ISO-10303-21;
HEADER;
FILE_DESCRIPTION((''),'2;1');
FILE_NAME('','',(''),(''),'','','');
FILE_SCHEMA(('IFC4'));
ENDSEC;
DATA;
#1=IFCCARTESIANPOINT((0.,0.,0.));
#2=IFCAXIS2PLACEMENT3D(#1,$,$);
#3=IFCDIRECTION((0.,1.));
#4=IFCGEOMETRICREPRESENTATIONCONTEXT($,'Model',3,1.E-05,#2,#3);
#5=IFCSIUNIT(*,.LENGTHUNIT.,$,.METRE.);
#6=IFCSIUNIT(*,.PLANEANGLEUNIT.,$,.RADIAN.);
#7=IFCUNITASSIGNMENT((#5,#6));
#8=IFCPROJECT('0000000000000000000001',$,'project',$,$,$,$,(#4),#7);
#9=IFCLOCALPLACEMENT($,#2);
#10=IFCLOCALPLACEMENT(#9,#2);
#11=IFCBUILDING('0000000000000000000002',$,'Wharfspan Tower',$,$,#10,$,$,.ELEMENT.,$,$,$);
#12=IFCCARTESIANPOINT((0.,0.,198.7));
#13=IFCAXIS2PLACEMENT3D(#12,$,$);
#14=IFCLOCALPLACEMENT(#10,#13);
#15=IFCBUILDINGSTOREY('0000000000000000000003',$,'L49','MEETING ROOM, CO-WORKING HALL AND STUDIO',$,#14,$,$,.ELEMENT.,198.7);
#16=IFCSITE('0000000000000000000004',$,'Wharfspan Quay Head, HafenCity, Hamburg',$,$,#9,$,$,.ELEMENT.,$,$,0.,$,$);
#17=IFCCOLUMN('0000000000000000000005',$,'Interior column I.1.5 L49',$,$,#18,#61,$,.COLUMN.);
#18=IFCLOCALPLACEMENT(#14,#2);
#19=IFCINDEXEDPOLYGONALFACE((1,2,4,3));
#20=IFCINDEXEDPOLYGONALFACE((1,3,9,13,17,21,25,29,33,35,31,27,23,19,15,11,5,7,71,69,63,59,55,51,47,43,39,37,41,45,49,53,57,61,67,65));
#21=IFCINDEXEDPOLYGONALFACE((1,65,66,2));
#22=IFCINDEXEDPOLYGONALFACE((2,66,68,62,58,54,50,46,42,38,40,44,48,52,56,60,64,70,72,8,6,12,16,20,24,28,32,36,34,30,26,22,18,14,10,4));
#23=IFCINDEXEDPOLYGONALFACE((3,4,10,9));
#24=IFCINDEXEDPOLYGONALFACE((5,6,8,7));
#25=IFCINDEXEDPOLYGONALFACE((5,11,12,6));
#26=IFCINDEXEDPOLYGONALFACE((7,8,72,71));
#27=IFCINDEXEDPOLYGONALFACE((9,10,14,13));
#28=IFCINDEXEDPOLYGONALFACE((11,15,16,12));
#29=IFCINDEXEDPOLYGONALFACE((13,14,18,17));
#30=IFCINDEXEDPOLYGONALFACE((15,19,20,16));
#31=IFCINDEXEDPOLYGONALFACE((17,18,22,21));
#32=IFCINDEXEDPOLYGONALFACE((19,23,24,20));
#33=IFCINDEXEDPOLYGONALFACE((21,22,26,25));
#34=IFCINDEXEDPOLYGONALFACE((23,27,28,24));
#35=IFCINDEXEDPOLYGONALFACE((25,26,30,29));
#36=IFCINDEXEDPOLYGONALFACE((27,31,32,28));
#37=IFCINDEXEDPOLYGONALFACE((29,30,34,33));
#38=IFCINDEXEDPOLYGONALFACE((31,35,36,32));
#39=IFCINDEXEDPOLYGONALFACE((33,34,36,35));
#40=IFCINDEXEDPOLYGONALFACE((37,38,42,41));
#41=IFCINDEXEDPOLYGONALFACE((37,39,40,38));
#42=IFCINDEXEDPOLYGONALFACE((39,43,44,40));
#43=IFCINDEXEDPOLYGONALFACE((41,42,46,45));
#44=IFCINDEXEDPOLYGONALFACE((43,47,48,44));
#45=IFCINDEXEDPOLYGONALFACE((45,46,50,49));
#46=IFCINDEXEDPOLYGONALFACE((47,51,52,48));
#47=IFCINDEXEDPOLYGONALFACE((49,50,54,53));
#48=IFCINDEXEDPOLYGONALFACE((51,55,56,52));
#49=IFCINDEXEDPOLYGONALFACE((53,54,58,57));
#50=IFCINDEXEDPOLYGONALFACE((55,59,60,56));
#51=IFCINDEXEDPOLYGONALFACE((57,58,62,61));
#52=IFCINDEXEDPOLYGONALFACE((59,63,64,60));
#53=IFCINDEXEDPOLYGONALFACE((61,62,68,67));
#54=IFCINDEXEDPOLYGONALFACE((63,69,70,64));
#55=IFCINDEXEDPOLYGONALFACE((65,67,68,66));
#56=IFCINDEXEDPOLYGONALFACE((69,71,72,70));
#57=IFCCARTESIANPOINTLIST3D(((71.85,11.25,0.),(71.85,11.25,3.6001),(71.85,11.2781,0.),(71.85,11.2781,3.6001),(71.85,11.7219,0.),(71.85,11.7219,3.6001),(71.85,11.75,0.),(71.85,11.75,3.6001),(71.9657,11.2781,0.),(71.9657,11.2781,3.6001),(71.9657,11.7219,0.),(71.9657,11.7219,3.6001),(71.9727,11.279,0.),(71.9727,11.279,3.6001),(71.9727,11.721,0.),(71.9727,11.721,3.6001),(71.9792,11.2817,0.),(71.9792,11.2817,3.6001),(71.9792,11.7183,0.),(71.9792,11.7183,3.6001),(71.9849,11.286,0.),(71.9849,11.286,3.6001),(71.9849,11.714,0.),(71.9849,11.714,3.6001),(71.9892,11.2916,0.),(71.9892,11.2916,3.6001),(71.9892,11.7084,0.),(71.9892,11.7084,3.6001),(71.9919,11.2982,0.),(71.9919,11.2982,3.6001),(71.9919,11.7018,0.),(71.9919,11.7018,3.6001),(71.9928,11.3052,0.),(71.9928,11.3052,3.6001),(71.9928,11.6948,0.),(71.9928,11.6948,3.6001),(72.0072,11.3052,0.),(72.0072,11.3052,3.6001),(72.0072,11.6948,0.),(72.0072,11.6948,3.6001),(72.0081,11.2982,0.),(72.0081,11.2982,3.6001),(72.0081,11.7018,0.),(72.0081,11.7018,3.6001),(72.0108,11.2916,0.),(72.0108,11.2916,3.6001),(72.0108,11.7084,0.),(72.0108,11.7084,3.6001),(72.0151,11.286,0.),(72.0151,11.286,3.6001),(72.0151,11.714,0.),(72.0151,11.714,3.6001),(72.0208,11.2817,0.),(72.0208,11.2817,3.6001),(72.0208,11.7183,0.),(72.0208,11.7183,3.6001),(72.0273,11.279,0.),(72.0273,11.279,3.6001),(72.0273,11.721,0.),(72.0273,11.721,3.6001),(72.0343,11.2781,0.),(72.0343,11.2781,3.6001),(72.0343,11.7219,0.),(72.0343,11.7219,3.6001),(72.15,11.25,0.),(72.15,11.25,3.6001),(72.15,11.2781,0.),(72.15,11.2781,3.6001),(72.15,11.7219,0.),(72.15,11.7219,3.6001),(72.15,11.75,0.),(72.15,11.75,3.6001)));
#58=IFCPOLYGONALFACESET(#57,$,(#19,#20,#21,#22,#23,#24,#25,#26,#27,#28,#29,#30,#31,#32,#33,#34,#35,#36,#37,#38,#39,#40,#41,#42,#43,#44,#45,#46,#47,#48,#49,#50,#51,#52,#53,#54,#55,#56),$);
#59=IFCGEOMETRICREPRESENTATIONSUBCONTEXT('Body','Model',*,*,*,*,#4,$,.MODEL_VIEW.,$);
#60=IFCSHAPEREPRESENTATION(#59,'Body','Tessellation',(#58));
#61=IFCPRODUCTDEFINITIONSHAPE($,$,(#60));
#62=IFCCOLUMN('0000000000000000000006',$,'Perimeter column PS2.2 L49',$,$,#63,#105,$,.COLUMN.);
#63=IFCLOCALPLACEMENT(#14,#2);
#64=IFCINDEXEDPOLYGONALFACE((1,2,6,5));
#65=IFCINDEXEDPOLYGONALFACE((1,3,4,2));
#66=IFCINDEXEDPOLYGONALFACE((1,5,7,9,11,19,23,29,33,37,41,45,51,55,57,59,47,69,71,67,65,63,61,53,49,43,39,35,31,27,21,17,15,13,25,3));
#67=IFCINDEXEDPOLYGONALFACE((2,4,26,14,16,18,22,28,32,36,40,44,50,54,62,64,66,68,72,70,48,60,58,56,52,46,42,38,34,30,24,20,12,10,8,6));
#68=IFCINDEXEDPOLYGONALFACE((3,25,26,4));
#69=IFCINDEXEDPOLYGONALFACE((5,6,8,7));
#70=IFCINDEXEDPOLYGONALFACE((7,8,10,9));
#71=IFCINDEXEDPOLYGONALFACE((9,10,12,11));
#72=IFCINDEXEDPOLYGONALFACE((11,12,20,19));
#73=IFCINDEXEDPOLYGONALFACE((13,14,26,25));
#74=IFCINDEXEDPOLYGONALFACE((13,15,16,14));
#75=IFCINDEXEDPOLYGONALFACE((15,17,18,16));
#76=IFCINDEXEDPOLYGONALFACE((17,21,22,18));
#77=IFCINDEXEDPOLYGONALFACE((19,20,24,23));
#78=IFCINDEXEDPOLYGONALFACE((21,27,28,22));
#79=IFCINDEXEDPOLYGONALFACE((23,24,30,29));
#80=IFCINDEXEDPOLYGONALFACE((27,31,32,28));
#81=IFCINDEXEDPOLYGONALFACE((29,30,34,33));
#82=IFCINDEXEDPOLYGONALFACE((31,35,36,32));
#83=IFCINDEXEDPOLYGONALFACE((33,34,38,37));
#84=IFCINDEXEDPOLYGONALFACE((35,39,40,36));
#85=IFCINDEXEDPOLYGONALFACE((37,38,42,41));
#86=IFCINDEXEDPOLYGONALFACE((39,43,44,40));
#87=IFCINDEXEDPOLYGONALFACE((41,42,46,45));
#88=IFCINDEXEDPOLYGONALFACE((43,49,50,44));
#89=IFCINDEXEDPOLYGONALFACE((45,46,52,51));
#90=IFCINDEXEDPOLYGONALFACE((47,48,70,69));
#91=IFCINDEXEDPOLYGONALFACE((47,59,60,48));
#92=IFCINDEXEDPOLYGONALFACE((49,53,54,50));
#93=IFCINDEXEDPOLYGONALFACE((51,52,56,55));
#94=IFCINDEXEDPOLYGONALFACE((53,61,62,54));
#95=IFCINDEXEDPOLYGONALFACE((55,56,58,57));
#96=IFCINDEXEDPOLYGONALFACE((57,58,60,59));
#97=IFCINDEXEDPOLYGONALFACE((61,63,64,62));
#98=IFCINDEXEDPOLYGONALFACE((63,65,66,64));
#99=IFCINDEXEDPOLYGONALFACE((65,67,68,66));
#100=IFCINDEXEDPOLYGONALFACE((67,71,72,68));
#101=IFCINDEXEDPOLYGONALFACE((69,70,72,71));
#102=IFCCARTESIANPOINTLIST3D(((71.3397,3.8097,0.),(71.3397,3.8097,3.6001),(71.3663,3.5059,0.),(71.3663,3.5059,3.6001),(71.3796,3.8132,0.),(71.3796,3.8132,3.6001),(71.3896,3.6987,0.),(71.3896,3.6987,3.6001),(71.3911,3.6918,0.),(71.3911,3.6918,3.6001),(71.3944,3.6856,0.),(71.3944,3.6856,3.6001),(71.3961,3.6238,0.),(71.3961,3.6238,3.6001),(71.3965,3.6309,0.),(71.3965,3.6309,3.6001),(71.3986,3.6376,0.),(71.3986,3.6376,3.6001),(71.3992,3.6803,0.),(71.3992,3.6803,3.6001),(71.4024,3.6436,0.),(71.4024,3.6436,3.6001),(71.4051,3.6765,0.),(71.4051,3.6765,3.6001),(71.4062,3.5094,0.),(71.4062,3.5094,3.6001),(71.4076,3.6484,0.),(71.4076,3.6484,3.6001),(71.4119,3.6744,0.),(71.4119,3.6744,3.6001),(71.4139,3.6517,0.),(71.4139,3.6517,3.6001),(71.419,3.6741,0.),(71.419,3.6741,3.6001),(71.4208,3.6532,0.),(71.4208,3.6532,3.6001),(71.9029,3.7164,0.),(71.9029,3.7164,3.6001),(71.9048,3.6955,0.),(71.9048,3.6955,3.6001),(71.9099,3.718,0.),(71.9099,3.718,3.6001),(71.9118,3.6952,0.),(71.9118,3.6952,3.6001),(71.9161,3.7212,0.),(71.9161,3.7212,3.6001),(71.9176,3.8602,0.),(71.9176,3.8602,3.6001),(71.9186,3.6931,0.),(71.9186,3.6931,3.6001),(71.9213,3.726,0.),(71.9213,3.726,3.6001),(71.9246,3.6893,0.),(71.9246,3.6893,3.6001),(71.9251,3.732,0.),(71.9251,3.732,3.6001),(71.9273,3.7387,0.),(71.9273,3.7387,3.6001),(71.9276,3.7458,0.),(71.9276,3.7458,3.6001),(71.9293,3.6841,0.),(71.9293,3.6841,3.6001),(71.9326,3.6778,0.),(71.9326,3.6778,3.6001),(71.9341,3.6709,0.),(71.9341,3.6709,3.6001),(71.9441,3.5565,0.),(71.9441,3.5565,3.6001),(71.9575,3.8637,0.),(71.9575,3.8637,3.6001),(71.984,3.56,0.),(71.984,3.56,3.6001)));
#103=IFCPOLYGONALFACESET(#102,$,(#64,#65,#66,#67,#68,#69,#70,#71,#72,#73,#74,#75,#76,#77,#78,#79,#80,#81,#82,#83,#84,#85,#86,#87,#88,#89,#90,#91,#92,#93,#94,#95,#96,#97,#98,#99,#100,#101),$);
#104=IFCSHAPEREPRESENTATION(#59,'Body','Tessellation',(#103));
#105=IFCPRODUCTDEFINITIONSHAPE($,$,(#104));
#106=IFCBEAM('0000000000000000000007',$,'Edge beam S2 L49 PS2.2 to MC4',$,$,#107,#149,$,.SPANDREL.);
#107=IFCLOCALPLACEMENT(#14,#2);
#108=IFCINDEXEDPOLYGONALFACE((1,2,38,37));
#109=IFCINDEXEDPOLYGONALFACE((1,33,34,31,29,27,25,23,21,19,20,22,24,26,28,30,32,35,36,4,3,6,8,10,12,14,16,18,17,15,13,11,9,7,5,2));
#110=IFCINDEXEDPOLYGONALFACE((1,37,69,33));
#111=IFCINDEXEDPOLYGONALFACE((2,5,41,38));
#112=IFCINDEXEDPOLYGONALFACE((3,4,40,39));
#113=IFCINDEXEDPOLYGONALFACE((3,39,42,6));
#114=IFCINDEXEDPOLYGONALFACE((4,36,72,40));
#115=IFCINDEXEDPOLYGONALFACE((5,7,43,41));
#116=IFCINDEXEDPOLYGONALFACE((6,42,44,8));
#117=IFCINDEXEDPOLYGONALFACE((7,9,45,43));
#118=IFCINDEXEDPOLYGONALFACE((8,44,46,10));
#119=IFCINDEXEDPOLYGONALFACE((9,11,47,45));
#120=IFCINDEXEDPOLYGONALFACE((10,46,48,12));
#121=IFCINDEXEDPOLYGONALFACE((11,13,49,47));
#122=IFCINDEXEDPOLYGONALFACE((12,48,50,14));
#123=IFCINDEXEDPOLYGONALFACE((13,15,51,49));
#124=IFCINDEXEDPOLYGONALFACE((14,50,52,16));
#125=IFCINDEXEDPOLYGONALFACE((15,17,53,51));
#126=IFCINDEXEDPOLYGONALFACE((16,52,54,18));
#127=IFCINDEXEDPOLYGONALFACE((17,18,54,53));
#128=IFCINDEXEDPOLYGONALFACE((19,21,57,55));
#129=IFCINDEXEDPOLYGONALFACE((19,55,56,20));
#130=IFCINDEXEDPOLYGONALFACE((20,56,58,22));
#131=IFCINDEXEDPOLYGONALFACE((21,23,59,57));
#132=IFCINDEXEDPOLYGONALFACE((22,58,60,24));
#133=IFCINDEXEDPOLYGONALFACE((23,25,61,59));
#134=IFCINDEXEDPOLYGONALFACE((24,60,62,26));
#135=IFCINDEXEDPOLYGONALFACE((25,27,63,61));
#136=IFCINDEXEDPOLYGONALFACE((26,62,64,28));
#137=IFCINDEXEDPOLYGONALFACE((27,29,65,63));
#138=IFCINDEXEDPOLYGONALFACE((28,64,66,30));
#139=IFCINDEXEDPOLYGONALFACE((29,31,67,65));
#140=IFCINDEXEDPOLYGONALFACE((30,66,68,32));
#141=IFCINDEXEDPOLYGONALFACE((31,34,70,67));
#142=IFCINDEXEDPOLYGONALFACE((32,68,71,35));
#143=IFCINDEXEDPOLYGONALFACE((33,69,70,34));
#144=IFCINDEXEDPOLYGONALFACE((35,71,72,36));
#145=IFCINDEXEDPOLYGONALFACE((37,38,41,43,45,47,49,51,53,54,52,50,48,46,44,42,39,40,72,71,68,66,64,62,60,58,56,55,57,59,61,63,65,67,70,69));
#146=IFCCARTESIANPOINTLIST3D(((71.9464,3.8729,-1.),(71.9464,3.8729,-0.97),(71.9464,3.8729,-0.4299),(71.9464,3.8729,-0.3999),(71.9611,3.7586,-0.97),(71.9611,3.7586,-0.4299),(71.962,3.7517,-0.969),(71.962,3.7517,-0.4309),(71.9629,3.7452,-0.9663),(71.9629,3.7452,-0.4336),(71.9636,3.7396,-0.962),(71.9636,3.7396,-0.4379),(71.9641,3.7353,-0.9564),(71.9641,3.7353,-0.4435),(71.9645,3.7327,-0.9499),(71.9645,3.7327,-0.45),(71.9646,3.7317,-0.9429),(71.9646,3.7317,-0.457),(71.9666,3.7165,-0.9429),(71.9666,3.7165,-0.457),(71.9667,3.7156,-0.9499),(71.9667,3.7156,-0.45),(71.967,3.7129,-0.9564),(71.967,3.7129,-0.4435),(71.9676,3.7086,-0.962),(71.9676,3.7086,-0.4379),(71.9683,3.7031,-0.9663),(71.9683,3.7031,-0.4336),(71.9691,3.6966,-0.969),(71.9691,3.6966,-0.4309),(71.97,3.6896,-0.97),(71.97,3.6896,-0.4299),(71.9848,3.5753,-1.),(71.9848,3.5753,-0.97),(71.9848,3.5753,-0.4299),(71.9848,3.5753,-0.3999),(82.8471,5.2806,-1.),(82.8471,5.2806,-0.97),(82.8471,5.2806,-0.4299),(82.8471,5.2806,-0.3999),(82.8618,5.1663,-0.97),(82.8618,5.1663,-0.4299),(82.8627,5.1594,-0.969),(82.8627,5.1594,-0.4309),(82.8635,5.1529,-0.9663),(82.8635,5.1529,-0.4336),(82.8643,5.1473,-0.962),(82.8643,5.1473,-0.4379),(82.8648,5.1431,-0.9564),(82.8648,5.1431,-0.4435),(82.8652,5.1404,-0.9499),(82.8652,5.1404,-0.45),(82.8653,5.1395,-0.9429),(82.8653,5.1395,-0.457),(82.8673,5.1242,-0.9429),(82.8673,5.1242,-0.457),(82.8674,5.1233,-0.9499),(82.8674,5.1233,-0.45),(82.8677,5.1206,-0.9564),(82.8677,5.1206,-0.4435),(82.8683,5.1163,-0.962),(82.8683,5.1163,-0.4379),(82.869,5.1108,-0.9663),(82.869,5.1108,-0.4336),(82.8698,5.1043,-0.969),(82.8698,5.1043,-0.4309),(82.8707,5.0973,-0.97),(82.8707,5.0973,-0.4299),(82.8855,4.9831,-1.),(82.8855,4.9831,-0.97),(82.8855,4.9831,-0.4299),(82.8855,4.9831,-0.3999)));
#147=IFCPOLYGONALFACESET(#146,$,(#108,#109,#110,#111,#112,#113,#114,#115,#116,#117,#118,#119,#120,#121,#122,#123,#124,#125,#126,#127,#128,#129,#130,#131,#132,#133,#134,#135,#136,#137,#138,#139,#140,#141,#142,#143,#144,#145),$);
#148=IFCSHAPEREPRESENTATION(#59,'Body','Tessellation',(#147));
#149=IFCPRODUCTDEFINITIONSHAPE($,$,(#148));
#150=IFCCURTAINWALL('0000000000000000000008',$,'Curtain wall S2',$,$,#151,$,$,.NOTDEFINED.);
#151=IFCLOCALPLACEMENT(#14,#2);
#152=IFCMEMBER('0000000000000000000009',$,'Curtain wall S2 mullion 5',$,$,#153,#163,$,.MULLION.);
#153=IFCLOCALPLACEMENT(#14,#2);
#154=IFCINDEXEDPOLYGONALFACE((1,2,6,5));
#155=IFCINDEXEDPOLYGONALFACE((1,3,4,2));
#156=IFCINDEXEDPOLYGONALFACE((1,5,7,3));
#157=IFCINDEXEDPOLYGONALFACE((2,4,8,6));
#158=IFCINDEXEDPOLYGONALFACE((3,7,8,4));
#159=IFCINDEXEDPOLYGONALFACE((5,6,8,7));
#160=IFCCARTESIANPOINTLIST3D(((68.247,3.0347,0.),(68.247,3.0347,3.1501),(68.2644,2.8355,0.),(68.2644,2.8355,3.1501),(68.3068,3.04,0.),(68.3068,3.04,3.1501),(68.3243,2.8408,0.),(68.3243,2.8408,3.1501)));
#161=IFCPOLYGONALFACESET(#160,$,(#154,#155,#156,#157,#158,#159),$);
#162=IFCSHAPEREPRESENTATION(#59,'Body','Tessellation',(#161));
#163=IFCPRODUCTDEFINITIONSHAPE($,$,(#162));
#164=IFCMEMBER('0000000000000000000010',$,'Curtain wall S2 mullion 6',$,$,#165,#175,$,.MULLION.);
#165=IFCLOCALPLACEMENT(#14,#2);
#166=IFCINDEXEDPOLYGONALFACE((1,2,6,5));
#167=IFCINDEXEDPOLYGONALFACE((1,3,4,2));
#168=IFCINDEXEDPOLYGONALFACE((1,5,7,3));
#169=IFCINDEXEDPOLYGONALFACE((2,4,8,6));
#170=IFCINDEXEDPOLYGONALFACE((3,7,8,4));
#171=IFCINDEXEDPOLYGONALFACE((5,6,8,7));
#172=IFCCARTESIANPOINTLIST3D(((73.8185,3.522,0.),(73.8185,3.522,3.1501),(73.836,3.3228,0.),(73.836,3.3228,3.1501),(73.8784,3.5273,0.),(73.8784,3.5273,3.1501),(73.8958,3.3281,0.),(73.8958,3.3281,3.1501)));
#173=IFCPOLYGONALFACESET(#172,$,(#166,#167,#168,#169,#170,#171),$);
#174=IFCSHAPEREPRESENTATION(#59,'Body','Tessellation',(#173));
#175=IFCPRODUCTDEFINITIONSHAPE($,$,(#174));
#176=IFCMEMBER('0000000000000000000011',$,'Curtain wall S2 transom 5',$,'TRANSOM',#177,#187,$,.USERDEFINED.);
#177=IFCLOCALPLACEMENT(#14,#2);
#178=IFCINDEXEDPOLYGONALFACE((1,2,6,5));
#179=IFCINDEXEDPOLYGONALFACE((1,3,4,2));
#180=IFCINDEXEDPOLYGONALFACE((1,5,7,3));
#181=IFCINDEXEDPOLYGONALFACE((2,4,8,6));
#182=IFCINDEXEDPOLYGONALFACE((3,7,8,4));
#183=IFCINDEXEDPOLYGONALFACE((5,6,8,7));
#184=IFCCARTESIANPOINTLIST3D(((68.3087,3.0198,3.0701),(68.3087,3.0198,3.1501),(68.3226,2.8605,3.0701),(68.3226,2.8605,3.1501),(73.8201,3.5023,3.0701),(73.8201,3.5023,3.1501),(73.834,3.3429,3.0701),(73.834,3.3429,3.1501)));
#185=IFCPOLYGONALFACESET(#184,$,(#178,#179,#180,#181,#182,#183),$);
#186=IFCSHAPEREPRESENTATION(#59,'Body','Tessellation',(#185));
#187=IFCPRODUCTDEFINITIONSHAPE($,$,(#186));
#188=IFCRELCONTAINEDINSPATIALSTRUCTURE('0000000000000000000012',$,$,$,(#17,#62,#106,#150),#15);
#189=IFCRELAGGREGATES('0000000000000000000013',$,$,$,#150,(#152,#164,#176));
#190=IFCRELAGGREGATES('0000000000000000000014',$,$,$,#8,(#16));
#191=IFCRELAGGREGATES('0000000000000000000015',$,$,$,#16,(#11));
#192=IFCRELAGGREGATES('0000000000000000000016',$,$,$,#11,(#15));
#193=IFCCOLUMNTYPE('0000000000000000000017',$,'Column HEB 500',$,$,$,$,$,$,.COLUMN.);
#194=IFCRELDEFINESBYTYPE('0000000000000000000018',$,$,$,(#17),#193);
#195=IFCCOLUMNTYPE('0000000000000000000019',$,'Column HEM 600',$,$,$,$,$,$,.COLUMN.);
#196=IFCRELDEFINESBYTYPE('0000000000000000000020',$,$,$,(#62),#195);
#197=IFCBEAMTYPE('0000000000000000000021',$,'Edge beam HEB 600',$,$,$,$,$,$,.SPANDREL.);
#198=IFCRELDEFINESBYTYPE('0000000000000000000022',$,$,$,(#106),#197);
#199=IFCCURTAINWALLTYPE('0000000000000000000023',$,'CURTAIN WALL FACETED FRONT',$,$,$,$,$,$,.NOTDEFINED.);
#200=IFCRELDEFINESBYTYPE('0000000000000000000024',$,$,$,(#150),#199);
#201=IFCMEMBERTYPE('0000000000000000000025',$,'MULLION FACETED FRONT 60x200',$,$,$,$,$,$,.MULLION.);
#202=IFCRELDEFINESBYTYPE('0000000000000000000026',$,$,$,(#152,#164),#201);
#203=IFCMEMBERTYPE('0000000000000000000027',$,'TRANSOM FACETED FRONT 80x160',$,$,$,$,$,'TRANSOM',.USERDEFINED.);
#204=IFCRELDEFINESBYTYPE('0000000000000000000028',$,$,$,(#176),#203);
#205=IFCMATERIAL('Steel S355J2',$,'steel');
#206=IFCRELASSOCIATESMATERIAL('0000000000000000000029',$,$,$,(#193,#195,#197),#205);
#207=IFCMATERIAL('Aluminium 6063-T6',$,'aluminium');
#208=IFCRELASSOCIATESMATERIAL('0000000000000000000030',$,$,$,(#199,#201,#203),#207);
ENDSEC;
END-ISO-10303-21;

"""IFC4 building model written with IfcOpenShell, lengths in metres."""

from ifc_helpers import new_model, si_unit, direction, frame, origin, origin_2d, place, context, subcontext, project, spatial, rectangle, i_section, extrude, material, material_profile, profile_set, type_object, element, aggregate, save


model = new_model("IFC4")

# Units and contexts
model_context = context("Model", 3, precision=1e-05, world=origin(), true_north=direction((0.0, 1.0)))
body_context = subcontext(model_context, "Body", "Model", "MODEL_VIEW")
ifc_project = project(units=[si_unit("LENGTHUNIT", "METRE"), si_unit("PLANEANGLEUNIT", "RADIAN")], contexts=[model_context])

# Site, building, storey
site_placement = place(None, origin())
site = spatial("IfcSite", under=ifc_project, at=site_placement, Name="Wharfspan Quay Head, HafenCity, Hamburg", CompositionType="ELEMENT", RefElevation=0.0)
building_placement = place(site_placement, origin())
building = spatial("IfcBuilding", under=site, at=building_placement, Name="Wharfspan Tower", CompositionType="ELEMENT")
storey_placement = place(building_placement, frame((0.0, 0.0, 198.7)))
storey = spatial("IfcBuildingStorey", under=building, at=storey_placement, Name="L49", Description="MEETING ROOM, CO-WORKING HALL AND STUDIO", CompositionType="ELEMENT", Elevation=198.7)

# Columns
ifc_material_1 = material(Name="Steel S355J2", Category="steel")
ifc_material_profile_1 = material_profile(ifc_material_1, i_section(OverallWidth=0.3, OverallDepth=0.5, WebThickness=0.0144, FlangeThickness=0.0281, FilletRadius=0.0271, at=origin_2d()))
ifc_profile_set_1 = profile_set([ifc_material_profile_1], Name="Steel S355J2")
column_type_1 = type_object("IfcColumnType", Name="Column HEB 500", PredefinedType="COLUMN", material=ifc_profile_set_1)
column_1_placement = place(storey_placement, frame((72.0, 11.5, 0.0), z_axis=(0.0, 0.0, 1.0), x_axis=(1.0, 0.0, 0.0)))
element("IfcColumn", 1, at=column_1_placement, inside=storey, type_object=column_type_1, Name="Interior column I.1.5 L49", PredefinedType="COLUMN", context=body_context, shape_type="SweptSolid", body=[
    extrude(i_section(OverallWidth=0.3, OverallDepth=0.5, WebThickness=0.0144, FlangeThickness=0.0281, FilletRadius=0.0271, at=origin_2d()), origin(), (0.0, 0.0, 1.0), 3.6001),
])
ifc_material_profile_2 = material_profile(ifc_material_1, i_section(OverallWidth=0.3049, OverallDepth=0.6201, WebThickness=0.021, FlangeThickness=0.04, FilletRadius=0.0271, at=origin_2d()))
ifc_profile_set_2 = profile_set([ifc_material_profile_2], Name="Steel S355J2")
column_type_2 = type_object("IfcColumnType", Name="Column HEM 600", PredefinedType="COLUMN", material=ifc_profile_set_2)
column_2_placement = place(storey_placement, frame((71.6619, 3.6848, 0.0), z_axis=(0.0, 0.0, 1.0), x_axis=(0.087156, -0.996198, 0.0)))
element("IfcColumn", 2, at=column_2_placement, inside=storey, type_object=column_type_2, Name="Perimeter column PS2.2 L49", PredefinedType="COLUMN", context=body_context, shape_type="SweptSolid", body=[
    extrude(i_section(OverallWidth=0.3049, OverallDepth=0.6201, WebThickness=0.021, FlangeThickness=0.04, FilletRadius=0.0271, at=origin_2d()), origin(), (0.0, 0.0, 1.0), 3.6001),
])

# Beam
ifc_material_profile_3 = material_profile(ifc_material_1, i_section(OverallWidth=0.3, OverallDepth=0.6001, WebThickness=0.0154, FlangeThickness=0.03, FilletRadius=0.0271, at=origin_2d()))
ifc_profile_set_3 = profile_set([ifc_material_profile_3], Name="Steel S355J2")
beam_type = type_object("IfcBeamType", Name="Edge beam HEB 600", PredefinedType="SPANDREL", material=ifc_profile_set_3)
beam_placement = place(storey_placement, frame((71.9656, 3.7241, -0.7), z_axis=(0.991764, 0.128077, 0.0), x_axis=(-0.128077, 0.991764, 0.0)))
element("IfcBeam", 3, at=beam_placement, inside=storey, type_object=beam_type, Name="Edge beam S2 L49 PS2.2 to MC4", PredefinedType="SPANDREL", context=body_context, shape_type="SweptSolid", body=[
    extrude(i_section(OverallWidth=0.3, OverallDepth=0.6001, WebThickness=0.0154, FlangeThickness=0.03, FilletRadius=0.0271, at=origin_2d()), origin(), (0.0, 0.0, 1.0), 10.9912),
])

# Curtain wall, members
ifc_material_2 = material(Name="Aluminium 6063-T6", Category="aluminium")
curtain_wall_type = type_object("IfcCurtainWallType", Name="CURTAIN WALL FACETED FRONT", PredefinedType="NOTDEFINED", material=ifc_material_2)
curtain_wall_placement = place(storey_placement, origin())
curtain_wall = element("IfcCurtainWall", 4, at=curtain_wall_placement, inside=storey, type_object=curtain_wall_type, Name="Curtain wall S2", PredefinedType="NOTDEFINED")
ifc_material_profile_4 = material_profile(ifc_material_2, rectangle(XDim=0.2, YDim=0.0601, at=origin_2d()))
ifc_profile_set_4 = profile_set([ifc_material_profile_4], Name="Aluminium 6063-T6")
member_type_1 = type_object("IfcMemberType", Name="MULLION FACETED FRONT 60x200", PredefinedType="MULLION", material=ifc_profile_set_4)
member_1_placement = place(storey_placement, frame((68.2856, 2.9377, 0.0), z_axis=(0.0, 0.0, 1.0), x_axis=(-0.087156, 0.996198, 0.0)))
member_1 = element("IfcMember", 5, at=member_1_placement, type_object=member_type_1, Name="Curtain wall S2 mullion 5", PredefinedType="MULLION", context=body_context, shape_type="SweptSolid", body=[
    extrude(rectangle(XDim=0.2, YDim=0.0601, at=origin_2d()), origin(), (0.0, 0.0, 1.0), 3.1501),
])
member_2_placement = place(storey_placement, frame((73.8572, 3.425, 0.0), z_axis=(0.0, 0.0, 1.0), x_axis=(-0.087156, 0.996198, 0.0)))
member_2 = element("IfcMember", 6, at=member_2_placement, type_object=member_type_1, Name="Curtain wall S2 mullion 6", PredefinedType="MULLION", context=body_context, shape_type="SweptSolid", body=[
    extrude(rectangle(XDim=0.2, YDim=0.0601, at=origin_2d()), origin(), (0.0, 0.0, 1.0), 3.1501),
])
ifc_material_profile_5 = material_profile(ifc_material_2, rectangle(XDim=0.1599, YDim=0.0801, at=origin_2d()))
ifc_profile_set_5 = profile_set([ifc_material_profile_5], Name="Aluminium 6063-T6")
member_type_2 = type_object("IfcMemberType", Name="TRANSOM FACETED FRONT 80x160", ElementType="TRANSOM", PredefinedType="USERDEFINED", material=ifc_profile_set_5)
member_3_placement = place(storey_placement, frame((68.3157, 2.9402, 3.1101), z_axis=(0.996191, 0.087197, 0.0), x_axis=(-0.087197, 0.996191, 0.0)))
member_3 = element("IfcMember", 7, at=member_3_placement, type_object=member_type_2, Name="Curtain wall S2 transom 5", ObjectType="TRANSOM", PredefinedType="USERDEFINED", context=body_context, shape_type="SweptSolid", body=[
    extrude(rectangle(XDim=0.1599, YDim=0.0801, at=origin_2d()), origin(), (0.0, 0.0, 1.0), 5.5325),
])
aggregate(curtain_wall, [member_1, member_2, member_3])

save(model, "model.ifc")
